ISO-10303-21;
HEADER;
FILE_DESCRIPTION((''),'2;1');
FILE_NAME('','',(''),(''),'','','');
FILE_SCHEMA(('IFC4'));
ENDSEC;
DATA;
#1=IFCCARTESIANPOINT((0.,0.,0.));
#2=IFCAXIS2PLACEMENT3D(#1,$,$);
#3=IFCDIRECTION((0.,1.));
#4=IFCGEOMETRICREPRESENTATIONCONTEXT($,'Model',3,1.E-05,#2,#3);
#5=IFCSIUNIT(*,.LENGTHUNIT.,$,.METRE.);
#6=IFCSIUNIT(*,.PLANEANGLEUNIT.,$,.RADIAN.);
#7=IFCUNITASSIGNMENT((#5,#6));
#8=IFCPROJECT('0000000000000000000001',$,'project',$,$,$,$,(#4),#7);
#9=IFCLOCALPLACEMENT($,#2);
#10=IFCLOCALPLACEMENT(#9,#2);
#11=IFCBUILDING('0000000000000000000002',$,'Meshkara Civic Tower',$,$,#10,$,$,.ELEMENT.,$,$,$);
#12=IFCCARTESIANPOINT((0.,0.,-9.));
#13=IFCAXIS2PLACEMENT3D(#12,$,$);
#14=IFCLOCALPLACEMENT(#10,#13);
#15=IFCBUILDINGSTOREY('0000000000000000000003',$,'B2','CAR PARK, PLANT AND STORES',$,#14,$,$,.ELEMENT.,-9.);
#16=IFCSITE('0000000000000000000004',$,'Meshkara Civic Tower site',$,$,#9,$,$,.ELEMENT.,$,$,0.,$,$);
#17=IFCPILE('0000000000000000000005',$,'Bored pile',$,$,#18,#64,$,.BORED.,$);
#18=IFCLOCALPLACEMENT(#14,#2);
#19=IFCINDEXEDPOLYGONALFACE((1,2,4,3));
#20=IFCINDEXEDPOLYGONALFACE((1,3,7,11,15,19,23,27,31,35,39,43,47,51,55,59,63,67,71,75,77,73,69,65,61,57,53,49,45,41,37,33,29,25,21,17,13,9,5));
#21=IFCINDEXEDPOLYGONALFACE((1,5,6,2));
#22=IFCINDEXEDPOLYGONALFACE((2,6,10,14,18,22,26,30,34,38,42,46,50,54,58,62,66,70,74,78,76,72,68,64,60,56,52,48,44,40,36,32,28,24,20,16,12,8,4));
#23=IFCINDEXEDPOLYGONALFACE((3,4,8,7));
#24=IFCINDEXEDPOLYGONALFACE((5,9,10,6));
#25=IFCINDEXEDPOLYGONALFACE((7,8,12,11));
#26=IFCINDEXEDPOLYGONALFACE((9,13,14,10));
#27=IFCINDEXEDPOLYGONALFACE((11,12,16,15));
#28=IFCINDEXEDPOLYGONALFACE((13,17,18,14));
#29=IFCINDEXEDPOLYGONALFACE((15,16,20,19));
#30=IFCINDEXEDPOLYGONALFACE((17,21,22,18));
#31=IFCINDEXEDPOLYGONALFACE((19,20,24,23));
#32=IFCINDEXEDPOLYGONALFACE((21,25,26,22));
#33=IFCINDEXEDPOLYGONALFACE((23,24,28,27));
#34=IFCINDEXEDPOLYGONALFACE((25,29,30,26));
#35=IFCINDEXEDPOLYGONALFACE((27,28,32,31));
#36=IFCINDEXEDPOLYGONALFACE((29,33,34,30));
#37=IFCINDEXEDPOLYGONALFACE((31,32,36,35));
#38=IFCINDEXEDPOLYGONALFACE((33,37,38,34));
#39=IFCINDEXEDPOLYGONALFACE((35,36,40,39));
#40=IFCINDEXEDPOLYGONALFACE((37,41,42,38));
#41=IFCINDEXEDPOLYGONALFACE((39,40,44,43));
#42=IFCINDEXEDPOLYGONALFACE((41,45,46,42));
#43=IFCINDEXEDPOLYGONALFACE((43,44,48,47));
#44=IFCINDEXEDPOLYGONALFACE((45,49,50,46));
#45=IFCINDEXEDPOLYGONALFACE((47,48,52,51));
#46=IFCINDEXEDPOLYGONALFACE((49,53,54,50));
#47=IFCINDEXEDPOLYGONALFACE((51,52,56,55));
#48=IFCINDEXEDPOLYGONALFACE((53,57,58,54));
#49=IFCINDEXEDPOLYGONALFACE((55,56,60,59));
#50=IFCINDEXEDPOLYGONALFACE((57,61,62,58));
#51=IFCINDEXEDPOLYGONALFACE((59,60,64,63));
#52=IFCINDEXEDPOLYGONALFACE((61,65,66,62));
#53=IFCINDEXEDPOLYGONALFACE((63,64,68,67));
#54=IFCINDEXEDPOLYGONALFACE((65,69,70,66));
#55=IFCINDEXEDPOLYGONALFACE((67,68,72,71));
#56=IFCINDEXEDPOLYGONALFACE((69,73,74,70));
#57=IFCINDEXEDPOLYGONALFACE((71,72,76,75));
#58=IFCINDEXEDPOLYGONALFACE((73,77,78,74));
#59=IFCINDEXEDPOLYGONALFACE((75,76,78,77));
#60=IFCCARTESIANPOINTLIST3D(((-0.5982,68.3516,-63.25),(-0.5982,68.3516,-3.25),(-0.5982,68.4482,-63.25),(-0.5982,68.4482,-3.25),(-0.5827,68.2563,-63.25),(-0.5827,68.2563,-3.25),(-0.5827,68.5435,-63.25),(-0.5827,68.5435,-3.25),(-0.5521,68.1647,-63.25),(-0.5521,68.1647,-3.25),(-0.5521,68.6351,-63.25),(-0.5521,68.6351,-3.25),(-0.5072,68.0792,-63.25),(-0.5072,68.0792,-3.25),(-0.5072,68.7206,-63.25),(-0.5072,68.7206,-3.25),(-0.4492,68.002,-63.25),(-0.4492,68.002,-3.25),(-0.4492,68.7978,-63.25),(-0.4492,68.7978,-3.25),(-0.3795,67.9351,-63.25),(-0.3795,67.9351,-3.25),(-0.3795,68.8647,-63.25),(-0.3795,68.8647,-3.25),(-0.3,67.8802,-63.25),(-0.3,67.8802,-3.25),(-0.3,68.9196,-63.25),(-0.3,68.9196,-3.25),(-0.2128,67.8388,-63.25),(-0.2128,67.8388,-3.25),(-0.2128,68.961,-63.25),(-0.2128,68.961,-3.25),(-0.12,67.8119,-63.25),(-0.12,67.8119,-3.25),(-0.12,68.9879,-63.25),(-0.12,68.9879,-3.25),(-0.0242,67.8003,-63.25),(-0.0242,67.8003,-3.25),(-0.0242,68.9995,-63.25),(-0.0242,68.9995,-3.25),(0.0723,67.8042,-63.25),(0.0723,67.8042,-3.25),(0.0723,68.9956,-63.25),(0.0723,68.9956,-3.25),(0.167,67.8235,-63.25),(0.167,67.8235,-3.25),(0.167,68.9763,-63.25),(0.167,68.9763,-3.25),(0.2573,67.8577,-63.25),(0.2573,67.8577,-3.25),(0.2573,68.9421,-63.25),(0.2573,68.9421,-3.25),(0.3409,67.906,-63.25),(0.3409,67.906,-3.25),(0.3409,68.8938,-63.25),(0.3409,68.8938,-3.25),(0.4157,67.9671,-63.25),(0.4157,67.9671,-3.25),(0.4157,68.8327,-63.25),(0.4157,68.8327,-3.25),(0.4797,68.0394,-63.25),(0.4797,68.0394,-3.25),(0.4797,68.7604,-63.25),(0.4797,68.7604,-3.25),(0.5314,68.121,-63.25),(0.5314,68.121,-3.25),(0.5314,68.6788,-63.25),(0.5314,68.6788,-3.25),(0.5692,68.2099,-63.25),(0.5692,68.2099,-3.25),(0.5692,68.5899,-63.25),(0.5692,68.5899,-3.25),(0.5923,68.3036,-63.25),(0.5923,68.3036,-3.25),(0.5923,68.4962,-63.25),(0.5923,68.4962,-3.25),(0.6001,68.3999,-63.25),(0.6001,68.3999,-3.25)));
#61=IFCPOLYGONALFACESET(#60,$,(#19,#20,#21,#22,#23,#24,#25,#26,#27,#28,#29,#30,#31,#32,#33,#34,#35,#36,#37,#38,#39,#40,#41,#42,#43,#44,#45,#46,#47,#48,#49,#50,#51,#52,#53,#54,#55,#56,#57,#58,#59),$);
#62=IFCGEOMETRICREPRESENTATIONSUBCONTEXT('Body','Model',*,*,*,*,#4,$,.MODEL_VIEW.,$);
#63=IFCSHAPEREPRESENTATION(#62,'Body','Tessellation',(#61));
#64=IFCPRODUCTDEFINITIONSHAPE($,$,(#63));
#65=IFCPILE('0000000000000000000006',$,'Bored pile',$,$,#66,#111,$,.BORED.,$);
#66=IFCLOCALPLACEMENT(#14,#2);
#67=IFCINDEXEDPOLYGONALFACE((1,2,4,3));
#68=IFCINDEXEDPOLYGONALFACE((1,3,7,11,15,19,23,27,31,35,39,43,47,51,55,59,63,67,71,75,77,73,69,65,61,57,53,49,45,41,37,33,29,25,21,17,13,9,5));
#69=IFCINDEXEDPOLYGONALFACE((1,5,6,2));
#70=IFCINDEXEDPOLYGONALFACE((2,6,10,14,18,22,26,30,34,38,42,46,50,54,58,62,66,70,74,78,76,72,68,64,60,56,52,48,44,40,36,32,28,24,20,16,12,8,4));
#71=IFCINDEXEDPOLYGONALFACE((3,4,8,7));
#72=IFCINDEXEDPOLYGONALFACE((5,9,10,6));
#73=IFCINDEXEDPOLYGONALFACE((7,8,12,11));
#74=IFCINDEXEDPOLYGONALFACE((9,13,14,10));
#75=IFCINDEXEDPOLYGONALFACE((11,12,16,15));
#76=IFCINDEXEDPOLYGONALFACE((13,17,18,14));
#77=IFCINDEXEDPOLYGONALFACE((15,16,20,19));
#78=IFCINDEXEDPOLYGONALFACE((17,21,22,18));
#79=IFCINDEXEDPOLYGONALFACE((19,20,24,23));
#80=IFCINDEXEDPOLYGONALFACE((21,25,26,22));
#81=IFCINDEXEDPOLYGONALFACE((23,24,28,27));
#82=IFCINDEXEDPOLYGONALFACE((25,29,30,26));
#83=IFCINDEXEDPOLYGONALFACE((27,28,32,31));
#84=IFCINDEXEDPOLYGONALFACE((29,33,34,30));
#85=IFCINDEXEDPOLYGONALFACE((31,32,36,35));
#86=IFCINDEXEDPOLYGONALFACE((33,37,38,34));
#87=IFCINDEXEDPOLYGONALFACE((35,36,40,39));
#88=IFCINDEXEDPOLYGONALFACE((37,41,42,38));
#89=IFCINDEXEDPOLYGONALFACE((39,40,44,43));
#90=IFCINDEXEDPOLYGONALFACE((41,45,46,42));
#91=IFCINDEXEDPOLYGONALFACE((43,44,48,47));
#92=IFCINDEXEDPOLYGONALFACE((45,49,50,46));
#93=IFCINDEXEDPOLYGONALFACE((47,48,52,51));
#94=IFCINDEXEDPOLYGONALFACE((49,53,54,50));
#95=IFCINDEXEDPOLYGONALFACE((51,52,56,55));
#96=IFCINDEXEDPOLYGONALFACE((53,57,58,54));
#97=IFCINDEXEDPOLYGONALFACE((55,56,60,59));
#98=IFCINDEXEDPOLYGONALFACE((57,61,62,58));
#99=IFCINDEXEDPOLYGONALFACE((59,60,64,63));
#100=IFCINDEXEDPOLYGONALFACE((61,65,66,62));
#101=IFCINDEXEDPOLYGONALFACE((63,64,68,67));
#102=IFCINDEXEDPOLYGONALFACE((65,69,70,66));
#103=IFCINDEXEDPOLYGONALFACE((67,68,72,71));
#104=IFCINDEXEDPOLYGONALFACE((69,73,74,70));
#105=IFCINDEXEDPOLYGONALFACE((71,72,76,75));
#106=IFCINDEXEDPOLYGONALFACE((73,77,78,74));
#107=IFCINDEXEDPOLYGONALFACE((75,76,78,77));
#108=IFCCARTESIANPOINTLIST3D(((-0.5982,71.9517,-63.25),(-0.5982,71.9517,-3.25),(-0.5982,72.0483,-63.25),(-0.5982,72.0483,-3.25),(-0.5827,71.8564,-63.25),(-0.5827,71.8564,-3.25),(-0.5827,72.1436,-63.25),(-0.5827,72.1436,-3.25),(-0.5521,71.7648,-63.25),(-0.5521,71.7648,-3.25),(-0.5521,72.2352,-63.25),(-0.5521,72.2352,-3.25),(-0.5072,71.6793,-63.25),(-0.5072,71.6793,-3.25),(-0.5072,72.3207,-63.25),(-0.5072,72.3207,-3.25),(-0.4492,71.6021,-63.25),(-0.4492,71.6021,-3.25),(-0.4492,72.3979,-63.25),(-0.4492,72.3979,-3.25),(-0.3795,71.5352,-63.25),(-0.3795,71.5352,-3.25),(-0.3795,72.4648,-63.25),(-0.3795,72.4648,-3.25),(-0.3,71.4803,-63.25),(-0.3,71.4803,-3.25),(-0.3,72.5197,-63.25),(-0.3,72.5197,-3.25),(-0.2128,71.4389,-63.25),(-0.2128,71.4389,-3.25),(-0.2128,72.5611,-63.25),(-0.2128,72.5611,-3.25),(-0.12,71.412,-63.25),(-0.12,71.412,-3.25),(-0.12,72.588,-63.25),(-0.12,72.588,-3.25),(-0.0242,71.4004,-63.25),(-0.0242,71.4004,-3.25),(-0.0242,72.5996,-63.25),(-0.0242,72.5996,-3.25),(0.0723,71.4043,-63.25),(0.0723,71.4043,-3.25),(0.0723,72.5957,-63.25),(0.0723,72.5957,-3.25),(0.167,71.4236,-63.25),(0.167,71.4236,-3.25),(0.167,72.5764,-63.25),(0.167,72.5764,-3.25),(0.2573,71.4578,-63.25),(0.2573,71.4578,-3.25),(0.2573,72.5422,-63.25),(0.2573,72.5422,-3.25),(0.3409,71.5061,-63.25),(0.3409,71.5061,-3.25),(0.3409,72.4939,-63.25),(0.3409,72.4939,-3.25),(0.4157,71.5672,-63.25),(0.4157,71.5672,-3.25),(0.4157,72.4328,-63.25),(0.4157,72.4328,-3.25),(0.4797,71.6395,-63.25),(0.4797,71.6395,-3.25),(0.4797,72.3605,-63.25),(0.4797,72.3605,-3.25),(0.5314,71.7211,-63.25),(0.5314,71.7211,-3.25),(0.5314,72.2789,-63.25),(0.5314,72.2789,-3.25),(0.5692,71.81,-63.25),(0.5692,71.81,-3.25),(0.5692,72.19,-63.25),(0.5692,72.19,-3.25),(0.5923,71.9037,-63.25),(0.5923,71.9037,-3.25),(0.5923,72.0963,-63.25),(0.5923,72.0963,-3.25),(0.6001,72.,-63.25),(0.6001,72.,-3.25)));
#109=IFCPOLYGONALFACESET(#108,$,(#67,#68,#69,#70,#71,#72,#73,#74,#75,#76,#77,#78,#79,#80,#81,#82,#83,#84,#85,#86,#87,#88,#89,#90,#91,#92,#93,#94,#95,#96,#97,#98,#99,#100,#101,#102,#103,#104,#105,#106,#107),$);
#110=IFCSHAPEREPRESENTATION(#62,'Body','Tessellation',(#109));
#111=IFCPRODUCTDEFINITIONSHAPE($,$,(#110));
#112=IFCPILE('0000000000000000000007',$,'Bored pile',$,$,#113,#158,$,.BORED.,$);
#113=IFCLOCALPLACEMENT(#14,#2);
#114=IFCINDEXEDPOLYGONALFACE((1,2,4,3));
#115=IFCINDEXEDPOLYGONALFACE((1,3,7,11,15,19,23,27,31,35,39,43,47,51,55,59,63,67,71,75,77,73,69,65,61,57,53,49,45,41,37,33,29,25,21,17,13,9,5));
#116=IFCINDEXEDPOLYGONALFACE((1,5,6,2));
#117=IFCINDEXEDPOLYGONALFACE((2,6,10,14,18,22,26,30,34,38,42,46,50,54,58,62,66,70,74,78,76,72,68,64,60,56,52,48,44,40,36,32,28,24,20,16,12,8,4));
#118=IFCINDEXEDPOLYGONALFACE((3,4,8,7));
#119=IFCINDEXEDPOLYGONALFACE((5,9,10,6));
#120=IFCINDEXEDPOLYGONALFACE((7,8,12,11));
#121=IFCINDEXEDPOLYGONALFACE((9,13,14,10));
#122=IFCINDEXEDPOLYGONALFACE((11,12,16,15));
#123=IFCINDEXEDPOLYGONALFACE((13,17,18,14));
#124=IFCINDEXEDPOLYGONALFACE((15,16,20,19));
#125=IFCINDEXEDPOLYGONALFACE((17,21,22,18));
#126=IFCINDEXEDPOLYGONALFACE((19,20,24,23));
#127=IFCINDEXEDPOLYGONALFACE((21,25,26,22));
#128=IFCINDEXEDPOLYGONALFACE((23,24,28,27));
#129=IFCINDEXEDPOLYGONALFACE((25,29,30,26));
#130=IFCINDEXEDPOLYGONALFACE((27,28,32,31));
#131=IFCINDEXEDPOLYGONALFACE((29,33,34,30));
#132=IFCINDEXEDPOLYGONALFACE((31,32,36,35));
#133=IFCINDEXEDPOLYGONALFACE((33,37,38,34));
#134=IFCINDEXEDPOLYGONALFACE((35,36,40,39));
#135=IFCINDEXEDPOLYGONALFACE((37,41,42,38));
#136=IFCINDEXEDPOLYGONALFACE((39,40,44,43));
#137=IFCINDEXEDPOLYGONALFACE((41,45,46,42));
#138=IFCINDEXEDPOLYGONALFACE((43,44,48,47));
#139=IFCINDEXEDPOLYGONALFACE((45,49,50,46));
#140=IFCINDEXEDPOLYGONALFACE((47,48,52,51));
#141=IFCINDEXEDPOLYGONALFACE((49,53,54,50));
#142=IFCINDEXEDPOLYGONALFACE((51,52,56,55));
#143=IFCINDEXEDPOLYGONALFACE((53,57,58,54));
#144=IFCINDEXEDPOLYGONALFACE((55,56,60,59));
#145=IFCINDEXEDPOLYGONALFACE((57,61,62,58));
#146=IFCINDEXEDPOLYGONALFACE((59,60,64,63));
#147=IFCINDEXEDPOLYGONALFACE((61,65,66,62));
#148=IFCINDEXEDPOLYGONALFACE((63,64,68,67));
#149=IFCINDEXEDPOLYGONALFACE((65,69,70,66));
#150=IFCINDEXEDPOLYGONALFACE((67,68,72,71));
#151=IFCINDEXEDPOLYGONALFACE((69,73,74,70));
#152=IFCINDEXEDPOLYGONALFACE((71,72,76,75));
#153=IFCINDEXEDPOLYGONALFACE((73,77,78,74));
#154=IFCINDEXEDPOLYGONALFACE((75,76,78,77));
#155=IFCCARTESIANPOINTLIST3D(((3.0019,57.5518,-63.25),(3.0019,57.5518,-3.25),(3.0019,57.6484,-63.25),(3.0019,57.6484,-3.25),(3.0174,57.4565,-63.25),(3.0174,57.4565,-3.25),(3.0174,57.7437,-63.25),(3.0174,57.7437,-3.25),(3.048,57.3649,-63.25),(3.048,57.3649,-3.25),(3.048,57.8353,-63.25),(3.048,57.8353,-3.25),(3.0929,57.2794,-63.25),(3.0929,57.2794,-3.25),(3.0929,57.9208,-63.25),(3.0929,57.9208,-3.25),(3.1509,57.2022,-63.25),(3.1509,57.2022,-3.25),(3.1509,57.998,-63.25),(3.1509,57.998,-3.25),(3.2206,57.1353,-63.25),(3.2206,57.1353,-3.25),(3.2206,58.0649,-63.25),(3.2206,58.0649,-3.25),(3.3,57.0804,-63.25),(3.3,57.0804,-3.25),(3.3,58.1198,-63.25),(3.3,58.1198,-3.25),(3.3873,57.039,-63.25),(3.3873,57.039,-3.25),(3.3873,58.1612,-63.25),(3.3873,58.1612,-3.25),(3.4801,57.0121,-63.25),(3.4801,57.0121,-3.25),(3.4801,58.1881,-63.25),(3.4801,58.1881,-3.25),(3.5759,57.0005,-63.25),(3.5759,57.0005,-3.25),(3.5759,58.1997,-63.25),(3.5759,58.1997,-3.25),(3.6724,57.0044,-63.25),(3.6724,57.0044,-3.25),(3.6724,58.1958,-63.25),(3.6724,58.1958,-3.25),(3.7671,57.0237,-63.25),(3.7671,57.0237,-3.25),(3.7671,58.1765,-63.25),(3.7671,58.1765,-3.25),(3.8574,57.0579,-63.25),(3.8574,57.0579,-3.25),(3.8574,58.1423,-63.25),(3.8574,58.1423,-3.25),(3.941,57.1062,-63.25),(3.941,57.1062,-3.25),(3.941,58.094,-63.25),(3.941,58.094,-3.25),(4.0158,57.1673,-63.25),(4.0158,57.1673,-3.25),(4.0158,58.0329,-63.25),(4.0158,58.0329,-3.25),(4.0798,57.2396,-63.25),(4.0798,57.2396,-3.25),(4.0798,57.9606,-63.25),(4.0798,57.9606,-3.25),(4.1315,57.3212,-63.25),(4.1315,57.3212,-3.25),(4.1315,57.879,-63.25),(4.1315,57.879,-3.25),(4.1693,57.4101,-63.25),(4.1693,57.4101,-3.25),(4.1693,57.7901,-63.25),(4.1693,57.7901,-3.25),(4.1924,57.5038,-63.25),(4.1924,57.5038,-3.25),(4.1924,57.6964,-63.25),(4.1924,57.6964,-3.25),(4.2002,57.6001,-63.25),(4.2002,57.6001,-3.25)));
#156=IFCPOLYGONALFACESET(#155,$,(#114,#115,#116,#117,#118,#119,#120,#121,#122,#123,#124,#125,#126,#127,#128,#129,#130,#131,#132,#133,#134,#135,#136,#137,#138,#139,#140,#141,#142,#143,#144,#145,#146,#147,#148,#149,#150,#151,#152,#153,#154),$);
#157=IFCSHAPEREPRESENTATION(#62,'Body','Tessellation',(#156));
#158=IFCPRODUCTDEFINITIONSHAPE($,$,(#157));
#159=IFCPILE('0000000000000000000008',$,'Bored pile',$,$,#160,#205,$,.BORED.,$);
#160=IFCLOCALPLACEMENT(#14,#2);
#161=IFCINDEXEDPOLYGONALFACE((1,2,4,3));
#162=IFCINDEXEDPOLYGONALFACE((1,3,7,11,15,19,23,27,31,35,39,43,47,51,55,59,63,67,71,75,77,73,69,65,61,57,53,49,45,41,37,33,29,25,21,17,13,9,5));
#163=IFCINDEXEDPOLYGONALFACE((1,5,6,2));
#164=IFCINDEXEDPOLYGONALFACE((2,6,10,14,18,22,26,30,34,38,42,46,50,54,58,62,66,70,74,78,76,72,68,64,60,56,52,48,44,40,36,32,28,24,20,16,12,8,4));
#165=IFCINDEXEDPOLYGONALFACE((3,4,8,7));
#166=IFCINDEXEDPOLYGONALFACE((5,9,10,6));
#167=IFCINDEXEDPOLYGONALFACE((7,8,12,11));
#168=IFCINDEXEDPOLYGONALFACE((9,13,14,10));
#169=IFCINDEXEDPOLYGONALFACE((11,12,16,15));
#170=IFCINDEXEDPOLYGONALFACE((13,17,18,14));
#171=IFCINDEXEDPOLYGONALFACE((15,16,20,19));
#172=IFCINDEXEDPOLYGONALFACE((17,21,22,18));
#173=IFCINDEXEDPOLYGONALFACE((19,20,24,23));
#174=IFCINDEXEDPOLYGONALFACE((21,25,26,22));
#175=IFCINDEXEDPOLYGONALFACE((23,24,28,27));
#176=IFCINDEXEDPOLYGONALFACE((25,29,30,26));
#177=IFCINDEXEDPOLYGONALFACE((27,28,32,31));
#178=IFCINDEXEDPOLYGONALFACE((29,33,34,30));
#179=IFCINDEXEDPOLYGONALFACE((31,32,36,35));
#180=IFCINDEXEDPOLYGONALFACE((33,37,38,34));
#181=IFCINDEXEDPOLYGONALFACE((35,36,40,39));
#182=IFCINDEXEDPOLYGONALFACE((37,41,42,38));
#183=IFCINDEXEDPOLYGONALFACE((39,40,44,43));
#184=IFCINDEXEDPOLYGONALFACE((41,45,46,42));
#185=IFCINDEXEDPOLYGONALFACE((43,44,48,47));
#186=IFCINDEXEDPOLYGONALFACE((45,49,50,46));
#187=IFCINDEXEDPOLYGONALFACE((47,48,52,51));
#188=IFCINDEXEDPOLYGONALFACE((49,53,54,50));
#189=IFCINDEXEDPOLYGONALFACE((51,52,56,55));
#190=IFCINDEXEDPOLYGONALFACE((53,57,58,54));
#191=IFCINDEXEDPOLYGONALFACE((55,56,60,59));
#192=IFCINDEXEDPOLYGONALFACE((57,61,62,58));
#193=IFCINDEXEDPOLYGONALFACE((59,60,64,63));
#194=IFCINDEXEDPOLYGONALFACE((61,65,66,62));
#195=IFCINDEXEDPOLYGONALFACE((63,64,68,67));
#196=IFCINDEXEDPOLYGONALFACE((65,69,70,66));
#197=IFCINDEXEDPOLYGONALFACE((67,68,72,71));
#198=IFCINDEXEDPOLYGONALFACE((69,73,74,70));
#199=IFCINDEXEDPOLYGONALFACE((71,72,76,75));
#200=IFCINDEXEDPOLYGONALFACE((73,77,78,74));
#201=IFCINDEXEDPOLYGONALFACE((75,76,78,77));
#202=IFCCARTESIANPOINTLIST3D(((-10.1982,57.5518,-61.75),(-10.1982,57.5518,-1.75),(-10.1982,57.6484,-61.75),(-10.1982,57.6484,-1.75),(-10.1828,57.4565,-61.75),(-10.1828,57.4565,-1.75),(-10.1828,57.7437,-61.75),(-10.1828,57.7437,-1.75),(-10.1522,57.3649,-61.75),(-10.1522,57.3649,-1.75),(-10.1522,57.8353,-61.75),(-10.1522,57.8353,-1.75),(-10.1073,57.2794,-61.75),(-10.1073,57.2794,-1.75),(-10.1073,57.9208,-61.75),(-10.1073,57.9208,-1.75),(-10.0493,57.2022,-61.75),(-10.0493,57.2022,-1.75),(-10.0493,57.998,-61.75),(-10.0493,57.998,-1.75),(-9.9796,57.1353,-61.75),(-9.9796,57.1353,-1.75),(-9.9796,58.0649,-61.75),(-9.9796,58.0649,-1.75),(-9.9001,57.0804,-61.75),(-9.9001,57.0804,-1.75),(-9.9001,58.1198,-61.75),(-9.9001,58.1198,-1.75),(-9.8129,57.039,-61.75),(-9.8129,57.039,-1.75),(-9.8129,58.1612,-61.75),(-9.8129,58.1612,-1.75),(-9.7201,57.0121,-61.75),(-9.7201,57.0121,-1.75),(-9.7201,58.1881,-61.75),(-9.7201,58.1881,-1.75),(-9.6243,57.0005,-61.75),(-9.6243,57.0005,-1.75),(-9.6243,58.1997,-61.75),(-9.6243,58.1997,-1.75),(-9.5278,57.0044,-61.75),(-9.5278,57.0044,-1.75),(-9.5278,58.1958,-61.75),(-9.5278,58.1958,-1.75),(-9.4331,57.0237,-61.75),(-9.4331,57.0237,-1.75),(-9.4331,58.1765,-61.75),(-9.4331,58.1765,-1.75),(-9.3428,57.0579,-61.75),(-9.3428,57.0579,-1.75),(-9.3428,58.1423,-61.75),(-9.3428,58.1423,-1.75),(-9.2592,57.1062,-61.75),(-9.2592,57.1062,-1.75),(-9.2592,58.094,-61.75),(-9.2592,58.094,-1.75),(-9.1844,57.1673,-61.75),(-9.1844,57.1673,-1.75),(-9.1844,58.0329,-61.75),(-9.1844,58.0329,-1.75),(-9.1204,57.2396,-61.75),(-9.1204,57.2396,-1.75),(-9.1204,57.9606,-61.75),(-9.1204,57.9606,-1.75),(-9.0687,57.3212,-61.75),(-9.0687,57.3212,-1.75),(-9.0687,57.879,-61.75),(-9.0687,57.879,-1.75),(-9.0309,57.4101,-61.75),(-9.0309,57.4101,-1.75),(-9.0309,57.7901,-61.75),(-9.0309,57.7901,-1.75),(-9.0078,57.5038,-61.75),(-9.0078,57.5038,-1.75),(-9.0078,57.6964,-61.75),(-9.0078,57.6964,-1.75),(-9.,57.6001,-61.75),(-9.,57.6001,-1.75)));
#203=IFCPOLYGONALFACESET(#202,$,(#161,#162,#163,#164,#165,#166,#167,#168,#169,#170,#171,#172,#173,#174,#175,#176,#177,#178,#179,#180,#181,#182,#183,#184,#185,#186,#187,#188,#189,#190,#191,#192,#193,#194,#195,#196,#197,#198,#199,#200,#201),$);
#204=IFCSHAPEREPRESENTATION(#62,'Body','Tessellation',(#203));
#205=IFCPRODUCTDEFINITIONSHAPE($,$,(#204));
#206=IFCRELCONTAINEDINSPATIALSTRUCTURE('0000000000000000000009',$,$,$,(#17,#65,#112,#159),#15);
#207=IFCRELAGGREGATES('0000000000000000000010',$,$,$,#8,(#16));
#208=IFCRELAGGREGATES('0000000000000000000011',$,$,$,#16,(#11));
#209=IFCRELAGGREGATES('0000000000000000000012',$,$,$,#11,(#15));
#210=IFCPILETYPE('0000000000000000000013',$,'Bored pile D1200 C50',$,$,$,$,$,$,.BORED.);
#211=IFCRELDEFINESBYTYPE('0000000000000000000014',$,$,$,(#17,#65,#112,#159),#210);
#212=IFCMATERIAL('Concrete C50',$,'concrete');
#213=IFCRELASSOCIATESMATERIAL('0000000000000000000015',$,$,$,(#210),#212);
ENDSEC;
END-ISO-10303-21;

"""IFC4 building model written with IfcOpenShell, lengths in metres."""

from ifc_helpers import new_model, si_unit, direction, frame, origin, origin_2d, place, context, subcontext, project, spatial, circle, extrude, material, material_profile, profile_set, type_object, element, save


model = new_model("IFC4")

# Units and contexts
model_context = context("Model", 3, precision=1e-05, world=origin(), true_north=direction((0.0, 1.0)))
body_context = subcontext(model_context, "Body", "Model", "MODEL_VIEW")
ifc_project = project(units=[si_unit("LENGTHUNIT", "METRE"), si_unit("PLANEANGLEUNIT", "RADIAN")], contexts=[model_context])

# Site, building, storey
site_placement = place(None, origin())
site = spatial("IfcSite", under=ifc_project, at=site_placement, Name="Meshkara Civic Tower site", CompositionType="ELEMENT", RefElevation=0.0)
building_placement = place(site_placement, origin())
building = spatial("IfcBuilding", under=site, at=building_placement, Name="Meshkara Civic Tower", CompositionType="ELEMENT")
storey_placement = place(building_placement, frame((0.0, 0.0, -9.0)))
storey = spatial("IfcBuildingStorey", under=building, at=storey_placement, Name="B2", Description="CAR PARK, PLANT AND STORES", CompositionType="ELEMENT", Elevation=-9.0)

# Piles
ifc_material_1 = material(Name="Concrete C50", Category="concrete")
ifc_material_profile_1 = material_profile(ifc_material_1, circle(Radius=0.6001, at=origin_2d()))
ifc_profile_set_1 = profile_set([ifc_material_profile_1], Name="Concrete C50")
pile_type = type_object("IfcPileType", Name="Bored pile D1200 C50", PredefinedType="BORED", material=ifc_profile_set_1)
for number, where, z_axis, x_axis, name in (
    (1, (0.0, 68.3999, -3.25), (0.0, 0.0, -1.0), (1.0, 0.0, 0.0), "Bored pile"),
    (2, (0.0, 72.0, -3.25), (0.0, 0.0, -1.0), (1.0, 0.0, 0.0), "Bored pile"),
    (3, (3.6001, 57.6001, -3.25), (0.0, 0.0, -1.0), (1.0, 0.0, 0.0), "Bored pile"),
    (4, (-9.6001, 57.6001, -1.75), (0.0, 0.0, -1.0), (1.0, 0.0, 0.0), "Bored pile"),
):
    element("IfcPile", number, at=place(storey_placement, frame(where, z_axis=z_axis, x_axis=x_axis)), inside=storey, type_object=pile_type, Name=name, PredefinedType="BORED", context=body_context, shape_type="SweptSolid", body=[
        extrude(circle(Radius=0.6001, at=origin_2d()), origin(), (0.0, 0.0, 1.0), 60.0),
    ])

save(model, "model.ifc")
